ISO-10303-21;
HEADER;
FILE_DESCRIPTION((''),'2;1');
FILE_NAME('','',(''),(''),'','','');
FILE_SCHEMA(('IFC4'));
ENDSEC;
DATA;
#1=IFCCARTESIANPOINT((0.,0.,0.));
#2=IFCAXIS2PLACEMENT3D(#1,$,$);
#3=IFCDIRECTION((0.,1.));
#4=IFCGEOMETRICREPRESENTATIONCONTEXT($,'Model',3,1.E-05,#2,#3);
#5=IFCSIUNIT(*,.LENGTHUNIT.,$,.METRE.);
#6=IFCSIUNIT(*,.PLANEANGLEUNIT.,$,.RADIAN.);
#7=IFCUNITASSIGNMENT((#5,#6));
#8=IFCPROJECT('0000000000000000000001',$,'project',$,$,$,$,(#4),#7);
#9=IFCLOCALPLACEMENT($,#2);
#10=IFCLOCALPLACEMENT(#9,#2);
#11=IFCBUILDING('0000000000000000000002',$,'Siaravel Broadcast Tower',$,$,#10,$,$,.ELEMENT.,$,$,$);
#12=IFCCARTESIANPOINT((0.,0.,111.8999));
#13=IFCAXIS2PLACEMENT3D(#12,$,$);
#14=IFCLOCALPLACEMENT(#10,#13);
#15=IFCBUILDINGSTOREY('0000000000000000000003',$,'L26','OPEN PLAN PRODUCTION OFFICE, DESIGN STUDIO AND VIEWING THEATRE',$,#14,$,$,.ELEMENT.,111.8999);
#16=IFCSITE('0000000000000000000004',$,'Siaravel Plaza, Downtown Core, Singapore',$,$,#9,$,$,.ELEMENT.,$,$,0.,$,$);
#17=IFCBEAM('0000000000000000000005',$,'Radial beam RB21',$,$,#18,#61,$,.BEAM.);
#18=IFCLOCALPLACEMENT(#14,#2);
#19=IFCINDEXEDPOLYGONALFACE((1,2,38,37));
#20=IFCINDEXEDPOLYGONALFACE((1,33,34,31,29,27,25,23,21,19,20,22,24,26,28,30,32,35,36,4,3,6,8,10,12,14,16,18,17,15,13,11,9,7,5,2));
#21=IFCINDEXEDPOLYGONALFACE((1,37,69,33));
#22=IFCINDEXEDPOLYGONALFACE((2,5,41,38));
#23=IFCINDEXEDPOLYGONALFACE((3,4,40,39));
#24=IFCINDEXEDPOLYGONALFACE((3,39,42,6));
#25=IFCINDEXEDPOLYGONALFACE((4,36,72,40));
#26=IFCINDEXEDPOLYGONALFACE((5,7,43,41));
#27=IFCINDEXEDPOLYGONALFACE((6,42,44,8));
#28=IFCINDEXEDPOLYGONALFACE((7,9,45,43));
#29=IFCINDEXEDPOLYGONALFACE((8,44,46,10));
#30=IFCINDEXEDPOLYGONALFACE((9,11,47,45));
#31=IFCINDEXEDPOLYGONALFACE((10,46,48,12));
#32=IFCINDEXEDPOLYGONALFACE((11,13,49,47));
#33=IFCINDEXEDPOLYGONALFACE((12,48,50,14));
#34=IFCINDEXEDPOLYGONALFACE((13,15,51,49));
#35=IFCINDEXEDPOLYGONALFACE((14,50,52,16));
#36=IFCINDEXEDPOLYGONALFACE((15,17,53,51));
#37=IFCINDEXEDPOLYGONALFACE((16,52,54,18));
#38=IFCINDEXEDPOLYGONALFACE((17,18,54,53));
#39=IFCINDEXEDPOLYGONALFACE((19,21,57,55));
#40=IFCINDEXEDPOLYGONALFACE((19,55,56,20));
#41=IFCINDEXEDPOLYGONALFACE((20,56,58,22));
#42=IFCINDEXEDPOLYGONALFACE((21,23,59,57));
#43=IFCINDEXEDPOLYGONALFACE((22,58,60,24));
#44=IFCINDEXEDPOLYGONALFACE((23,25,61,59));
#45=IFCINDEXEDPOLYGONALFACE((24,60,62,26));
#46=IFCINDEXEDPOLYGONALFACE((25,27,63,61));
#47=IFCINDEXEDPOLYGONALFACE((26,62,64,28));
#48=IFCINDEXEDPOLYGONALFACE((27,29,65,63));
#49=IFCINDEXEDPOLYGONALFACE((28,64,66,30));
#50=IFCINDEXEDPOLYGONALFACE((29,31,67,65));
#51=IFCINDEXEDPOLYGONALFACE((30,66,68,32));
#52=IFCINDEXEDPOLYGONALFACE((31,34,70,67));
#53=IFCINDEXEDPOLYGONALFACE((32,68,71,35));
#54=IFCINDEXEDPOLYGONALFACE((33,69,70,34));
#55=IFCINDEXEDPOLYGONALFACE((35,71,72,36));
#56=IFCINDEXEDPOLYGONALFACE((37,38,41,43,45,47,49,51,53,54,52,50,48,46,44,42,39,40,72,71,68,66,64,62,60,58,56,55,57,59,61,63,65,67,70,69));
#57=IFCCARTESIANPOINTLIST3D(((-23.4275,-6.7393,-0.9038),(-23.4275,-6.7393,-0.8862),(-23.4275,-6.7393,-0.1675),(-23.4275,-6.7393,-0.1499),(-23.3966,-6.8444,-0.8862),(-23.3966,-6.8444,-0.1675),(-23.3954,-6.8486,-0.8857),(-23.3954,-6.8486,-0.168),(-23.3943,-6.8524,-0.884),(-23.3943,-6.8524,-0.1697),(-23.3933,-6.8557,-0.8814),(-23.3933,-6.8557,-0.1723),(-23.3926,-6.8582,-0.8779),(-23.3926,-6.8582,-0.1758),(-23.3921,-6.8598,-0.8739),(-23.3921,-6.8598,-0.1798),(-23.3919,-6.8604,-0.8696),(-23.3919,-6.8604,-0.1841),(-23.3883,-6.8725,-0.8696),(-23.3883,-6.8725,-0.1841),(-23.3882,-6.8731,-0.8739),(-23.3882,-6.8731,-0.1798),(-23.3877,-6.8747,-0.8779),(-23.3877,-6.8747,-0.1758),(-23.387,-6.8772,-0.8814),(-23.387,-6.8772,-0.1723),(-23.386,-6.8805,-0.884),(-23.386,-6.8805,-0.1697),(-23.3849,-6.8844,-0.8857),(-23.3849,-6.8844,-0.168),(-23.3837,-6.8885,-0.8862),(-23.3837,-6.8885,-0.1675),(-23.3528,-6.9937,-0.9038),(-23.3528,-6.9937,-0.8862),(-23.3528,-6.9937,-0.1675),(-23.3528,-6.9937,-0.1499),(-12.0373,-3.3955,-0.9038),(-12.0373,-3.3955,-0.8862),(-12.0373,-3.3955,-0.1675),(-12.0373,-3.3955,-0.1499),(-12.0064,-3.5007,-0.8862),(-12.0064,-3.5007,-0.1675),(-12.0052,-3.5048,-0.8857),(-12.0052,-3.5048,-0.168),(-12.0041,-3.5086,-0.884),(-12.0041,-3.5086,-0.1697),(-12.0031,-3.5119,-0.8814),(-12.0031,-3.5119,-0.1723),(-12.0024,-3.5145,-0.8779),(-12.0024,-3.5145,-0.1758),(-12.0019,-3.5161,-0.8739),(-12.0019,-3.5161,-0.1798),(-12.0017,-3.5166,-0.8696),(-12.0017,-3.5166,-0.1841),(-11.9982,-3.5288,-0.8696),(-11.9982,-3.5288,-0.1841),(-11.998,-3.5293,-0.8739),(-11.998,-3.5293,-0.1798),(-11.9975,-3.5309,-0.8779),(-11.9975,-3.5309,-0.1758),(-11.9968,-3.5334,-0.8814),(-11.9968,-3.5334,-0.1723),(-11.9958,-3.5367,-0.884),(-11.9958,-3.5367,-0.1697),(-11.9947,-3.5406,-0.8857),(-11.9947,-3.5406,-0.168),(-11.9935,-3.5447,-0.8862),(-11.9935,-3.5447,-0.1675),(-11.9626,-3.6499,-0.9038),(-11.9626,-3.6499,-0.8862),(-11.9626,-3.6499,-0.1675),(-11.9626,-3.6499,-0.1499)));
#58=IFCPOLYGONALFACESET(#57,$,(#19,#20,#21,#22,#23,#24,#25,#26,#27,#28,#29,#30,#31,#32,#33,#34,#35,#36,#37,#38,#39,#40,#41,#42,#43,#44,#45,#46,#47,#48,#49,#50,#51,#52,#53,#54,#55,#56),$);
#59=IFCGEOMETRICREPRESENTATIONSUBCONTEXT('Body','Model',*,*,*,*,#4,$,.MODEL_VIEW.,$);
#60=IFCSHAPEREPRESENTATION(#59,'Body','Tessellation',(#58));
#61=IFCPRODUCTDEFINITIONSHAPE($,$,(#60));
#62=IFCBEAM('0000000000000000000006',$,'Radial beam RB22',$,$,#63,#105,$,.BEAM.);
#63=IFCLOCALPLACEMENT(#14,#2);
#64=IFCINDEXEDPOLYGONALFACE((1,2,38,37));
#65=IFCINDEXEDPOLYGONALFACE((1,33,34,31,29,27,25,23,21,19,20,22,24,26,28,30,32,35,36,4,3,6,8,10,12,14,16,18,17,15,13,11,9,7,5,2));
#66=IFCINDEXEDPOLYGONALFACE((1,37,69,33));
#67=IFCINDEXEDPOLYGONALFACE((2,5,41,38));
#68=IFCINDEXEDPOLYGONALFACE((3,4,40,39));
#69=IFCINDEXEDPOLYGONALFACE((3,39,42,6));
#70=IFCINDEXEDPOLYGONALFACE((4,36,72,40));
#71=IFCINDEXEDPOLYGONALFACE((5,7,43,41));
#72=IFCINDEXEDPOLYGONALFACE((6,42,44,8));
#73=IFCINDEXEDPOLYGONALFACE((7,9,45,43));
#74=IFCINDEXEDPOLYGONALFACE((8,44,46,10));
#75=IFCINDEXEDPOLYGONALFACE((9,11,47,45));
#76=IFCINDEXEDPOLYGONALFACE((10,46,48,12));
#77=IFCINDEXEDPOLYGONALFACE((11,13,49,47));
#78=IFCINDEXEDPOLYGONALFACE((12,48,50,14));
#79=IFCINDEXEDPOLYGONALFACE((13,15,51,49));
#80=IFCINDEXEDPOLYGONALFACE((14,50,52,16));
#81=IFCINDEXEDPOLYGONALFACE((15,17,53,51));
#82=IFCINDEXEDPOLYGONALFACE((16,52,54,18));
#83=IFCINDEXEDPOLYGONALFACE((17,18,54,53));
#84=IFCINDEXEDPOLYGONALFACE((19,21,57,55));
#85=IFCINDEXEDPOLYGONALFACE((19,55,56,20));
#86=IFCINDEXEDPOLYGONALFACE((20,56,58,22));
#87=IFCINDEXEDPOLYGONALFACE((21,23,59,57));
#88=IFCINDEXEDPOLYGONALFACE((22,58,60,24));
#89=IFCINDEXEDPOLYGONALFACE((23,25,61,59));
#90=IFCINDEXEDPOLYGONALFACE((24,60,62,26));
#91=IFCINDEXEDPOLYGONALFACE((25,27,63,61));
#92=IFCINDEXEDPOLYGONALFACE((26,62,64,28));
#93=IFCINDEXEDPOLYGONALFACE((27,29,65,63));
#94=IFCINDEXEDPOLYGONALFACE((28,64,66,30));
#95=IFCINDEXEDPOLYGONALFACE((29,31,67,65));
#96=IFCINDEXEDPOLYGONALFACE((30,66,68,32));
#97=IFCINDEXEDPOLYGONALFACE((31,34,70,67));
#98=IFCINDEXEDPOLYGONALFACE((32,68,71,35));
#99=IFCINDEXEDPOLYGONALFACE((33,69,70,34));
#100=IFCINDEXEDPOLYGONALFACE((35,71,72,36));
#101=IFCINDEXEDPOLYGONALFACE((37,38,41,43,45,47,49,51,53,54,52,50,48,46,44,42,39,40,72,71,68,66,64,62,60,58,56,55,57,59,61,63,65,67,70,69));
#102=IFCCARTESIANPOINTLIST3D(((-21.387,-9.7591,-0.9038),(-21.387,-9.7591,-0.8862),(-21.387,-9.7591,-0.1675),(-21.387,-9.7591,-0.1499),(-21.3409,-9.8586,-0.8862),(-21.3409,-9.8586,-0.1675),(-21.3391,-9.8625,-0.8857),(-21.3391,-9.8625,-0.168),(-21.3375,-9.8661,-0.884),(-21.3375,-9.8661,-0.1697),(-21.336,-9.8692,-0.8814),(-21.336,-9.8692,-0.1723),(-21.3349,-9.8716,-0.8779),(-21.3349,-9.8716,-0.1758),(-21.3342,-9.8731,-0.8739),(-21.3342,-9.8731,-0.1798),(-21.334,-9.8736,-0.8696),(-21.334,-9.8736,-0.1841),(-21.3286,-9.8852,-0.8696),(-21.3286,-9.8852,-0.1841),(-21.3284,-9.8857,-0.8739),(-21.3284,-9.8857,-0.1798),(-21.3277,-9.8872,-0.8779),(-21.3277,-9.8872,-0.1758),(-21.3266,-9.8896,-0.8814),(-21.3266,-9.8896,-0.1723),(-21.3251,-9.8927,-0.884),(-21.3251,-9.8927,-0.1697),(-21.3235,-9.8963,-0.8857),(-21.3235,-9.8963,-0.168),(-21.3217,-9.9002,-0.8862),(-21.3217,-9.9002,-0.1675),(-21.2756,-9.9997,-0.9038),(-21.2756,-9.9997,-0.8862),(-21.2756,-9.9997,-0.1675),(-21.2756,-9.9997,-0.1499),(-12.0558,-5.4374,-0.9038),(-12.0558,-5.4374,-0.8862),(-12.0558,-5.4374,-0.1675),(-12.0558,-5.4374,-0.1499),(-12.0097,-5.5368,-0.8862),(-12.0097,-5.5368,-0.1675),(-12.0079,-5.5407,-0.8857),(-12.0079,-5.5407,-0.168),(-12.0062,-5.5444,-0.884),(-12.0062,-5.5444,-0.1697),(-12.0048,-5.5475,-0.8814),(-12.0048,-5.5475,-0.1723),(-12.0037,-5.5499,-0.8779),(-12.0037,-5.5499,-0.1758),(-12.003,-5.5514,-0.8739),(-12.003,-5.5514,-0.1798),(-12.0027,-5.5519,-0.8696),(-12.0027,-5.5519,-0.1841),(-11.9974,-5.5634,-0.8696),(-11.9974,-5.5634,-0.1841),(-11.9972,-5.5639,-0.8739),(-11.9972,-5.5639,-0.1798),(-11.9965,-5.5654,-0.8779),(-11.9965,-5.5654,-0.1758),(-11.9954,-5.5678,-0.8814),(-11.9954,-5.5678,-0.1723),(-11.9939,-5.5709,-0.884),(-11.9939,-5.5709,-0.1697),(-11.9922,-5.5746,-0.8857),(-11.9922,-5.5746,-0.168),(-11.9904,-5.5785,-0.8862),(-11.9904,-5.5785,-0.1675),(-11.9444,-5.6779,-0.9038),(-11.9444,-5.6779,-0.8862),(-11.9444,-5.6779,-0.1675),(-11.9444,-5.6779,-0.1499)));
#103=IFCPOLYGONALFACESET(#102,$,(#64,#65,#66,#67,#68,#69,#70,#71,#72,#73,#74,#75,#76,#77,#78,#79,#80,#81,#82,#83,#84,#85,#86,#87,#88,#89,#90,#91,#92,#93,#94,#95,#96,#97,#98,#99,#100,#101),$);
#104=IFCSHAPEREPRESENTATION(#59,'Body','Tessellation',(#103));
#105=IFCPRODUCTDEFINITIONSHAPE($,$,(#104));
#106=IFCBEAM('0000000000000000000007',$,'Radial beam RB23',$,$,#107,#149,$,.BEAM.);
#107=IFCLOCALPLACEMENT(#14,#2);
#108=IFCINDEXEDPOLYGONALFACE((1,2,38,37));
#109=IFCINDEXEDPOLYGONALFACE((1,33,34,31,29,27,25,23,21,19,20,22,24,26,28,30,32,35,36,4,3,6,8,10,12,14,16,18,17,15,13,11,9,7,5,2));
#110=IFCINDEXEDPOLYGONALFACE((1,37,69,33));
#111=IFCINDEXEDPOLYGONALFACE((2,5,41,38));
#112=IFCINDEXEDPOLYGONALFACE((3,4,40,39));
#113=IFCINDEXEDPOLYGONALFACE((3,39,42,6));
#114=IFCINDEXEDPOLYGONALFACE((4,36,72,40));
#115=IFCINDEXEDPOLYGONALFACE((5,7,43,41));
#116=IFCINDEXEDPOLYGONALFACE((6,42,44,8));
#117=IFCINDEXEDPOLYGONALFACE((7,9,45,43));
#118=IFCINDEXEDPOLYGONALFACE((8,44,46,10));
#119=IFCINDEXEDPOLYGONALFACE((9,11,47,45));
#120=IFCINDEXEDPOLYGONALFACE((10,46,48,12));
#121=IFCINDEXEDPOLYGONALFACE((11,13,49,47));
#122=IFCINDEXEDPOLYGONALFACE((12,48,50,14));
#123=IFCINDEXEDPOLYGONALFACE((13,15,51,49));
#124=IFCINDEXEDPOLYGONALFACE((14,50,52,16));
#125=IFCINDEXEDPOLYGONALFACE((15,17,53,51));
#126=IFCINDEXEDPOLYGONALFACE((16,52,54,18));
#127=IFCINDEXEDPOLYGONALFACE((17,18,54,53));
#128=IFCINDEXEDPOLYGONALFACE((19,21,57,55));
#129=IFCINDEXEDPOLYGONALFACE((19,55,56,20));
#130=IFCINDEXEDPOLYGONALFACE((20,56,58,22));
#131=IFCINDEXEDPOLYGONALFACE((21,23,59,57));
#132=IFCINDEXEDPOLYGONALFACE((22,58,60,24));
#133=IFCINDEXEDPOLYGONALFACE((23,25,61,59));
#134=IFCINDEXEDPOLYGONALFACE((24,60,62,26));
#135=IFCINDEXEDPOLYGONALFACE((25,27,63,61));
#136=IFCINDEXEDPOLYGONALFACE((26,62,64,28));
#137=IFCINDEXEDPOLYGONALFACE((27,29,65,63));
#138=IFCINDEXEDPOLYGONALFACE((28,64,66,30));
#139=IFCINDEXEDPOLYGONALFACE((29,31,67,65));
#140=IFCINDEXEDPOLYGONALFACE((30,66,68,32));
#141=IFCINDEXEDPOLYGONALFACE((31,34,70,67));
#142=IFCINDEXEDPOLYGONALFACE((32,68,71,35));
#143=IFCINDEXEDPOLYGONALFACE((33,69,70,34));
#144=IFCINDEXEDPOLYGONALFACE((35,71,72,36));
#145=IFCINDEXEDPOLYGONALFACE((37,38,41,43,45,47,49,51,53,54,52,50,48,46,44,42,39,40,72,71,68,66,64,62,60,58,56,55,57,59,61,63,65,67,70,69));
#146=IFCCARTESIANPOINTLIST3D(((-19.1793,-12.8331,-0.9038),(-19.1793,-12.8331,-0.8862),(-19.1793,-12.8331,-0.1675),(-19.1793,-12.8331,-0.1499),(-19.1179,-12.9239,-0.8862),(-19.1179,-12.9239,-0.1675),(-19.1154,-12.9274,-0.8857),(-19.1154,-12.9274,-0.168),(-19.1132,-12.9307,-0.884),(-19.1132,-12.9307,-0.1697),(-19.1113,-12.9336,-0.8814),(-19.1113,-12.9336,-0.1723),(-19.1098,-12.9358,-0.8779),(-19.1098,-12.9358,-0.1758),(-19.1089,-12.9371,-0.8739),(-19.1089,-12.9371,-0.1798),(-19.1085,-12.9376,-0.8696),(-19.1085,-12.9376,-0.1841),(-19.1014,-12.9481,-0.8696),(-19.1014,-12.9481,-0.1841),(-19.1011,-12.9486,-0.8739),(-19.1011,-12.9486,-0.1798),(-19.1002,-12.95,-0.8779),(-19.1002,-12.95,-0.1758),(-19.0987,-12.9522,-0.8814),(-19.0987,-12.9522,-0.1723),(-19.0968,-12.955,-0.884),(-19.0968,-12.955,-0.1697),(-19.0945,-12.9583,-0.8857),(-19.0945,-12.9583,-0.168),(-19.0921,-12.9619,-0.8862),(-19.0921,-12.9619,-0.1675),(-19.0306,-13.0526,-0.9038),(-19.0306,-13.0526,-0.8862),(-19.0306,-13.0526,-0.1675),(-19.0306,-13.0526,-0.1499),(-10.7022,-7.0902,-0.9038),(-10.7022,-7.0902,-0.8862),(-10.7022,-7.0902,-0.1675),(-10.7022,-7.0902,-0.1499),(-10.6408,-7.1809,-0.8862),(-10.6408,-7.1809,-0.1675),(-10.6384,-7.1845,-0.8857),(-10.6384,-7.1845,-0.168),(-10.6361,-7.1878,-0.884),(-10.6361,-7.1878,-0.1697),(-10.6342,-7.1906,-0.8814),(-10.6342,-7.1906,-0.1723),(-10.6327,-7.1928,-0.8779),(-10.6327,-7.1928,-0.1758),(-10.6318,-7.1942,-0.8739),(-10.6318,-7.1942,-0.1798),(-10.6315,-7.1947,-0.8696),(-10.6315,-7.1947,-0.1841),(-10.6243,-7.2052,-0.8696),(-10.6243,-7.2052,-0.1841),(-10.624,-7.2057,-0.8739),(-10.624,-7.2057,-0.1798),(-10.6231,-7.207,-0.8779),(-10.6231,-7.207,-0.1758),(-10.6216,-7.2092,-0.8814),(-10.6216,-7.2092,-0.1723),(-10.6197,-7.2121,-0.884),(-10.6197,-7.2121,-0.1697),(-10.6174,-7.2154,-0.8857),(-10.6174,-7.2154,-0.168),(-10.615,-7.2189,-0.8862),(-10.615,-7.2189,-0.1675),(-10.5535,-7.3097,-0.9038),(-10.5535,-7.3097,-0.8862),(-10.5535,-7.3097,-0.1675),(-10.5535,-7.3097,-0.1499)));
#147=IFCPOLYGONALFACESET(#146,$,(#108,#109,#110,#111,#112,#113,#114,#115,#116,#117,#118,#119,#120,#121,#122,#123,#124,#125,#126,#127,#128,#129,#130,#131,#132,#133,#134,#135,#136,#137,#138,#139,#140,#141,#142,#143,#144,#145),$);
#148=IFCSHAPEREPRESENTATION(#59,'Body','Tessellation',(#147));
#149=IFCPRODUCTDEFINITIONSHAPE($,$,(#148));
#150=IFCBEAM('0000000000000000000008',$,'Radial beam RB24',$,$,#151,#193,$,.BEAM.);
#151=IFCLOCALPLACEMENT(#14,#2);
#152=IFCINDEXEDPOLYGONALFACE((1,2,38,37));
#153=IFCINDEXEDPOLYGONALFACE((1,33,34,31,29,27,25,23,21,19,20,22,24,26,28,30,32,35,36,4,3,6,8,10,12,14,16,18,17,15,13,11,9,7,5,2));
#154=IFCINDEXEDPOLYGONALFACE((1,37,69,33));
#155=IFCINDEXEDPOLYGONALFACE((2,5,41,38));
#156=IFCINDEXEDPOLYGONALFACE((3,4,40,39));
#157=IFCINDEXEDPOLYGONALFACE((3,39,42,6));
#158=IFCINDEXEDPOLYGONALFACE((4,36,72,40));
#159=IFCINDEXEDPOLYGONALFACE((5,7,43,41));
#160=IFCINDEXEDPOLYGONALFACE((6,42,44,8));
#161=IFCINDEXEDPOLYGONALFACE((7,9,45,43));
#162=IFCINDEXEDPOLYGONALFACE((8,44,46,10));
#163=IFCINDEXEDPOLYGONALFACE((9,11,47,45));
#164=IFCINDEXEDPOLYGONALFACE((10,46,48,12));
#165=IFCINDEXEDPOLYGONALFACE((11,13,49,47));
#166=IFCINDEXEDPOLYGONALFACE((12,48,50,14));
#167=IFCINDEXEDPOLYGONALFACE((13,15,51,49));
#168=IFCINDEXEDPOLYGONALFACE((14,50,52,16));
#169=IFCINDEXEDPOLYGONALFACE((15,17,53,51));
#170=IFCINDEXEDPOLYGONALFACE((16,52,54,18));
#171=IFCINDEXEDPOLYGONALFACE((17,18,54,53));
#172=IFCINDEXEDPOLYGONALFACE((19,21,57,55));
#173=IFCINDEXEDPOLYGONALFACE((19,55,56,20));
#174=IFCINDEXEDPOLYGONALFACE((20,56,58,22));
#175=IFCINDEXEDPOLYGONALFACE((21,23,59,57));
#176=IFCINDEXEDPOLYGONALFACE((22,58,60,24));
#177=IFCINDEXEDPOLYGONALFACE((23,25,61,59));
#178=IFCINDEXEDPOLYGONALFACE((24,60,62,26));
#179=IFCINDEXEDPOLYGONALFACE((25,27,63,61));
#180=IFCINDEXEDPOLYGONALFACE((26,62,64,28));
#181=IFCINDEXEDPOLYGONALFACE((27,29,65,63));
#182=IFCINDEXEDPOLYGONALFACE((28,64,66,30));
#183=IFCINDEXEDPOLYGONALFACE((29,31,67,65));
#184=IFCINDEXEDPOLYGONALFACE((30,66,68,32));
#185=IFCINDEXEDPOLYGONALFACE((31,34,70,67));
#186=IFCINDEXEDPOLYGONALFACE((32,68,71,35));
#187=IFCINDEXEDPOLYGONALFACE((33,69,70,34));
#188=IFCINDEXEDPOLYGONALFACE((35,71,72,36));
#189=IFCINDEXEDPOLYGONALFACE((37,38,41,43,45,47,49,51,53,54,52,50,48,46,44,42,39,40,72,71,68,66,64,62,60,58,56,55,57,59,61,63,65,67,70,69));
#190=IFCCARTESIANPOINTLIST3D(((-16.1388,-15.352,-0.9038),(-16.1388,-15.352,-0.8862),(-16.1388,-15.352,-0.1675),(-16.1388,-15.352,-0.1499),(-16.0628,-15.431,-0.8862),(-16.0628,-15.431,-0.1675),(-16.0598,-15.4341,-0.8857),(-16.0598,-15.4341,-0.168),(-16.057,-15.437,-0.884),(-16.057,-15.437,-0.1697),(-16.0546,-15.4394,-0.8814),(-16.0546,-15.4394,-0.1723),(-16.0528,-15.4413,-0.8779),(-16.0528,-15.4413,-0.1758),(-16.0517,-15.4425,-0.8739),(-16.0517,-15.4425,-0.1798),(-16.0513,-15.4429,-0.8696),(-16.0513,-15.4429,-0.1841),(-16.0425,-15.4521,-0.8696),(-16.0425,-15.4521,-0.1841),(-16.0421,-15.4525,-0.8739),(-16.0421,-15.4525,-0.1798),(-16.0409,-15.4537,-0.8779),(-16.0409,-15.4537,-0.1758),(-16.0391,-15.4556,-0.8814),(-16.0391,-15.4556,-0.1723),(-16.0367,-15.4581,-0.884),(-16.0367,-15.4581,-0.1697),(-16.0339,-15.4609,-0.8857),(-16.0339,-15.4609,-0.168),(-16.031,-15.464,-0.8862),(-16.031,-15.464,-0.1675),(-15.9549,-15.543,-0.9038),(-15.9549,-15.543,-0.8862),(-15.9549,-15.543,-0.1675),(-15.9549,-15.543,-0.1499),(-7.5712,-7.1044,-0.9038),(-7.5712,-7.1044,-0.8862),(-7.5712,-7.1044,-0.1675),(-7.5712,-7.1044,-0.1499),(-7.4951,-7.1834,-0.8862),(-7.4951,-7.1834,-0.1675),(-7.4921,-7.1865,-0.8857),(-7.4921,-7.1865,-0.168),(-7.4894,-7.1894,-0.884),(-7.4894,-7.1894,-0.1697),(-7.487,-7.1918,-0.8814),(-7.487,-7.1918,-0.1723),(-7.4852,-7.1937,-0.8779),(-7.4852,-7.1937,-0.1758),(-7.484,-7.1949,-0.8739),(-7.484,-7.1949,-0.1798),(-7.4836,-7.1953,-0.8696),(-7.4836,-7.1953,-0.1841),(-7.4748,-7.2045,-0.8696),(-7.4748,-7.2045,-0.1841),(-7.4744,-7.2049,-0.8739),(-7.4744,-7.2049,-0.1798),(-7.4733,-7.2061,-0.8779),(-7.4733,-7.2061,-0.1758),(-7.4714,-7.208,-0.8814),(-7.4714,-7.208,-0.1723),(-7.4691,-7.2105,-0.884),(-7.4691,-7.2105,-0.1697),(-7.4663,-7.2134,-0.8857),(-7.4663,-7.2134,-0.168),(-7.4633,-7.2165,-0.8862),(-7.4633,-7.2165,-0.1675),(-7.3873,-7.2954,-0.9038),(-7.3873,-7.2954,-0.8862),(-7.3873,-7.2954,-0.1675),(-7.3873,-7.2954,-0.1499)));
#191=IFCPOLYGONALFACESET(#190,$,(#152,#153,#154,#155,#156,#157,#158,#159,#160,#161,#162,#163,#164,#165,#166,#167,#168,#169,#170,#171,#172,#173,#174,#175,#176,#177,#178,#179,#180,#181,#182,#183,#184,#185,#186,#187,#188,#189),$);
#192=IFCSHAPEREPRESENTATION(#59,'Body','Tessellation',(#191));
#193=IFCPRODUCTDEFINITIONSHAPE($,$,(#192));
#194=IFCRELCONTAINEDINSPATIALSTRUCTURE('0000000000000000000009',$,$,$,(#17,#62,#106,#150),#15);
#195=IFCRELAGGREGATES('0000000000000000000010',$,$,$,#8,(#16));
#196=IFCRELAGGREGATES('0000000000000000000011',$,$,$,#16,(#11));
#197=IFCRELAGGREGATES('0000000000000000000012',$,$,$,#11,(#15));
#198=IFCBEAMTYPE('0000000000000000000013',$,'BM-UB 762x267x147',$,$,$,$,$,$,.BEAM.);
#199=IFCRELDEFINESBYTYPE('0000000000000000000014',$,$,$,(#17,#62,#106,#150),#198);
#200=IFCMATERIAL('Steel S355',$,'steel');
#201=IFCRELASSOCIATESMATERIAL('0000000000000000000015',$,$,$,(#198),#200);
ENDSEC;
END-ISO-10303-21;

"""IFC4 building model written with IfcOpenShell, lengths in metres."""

from ifc_helpers import new_model, si_unit, direction, frame, origin, origin_2d, place, context, subcontext, project, spatial, i_section, extrude, material, material_profile, profile_set, type_object, element, save


model = new_model("IFC4")

# Units and contexts
model_context = context("Model", 3, precision=1e-05, world=origin(), true_north=direction((0.0, 1.0)))
body_context = subcontext(model_context, "Body", "Model", "MODEL_VIEW")
ifc_project = project(units=[si_unit("LENGTHUNIT", "METRE"), si_unit("PLANEANGLEUNIT", "RADIAN")], contexts=[model_context])

# Site, building, storey
site_placement = place(None, origin())
site = spatial("IfcSite", under=ifc_project, at=site_placement, Name="Siaravel Plaza, Downtown Core, Singapore", CompositionType="ELEMENT", RefElevation=0.0)
building_placement = place(site_placement, origin())
building = spatial("IfcBuilding", under=site, at=building_placement, Name="Siaravel Broadcast Tower", CompositionType="ELEMENT")
storey_placement = place(building_placement, frame((0.0, 0.0, 111.8999)))
storey = spatial("IfcBuildingStorey", under=building, at=storey_placement, Name="L26", Description="OPEN PLAN PRODUCTION OFFICE, DESIGN STUDIO AND VIEWING THEATRE", CompositionType="ELEMENT", Elevation=111.8999)

# Beams
ifc_material_1 = material(Name="Steel S355", Category="steel")
ifc_material_profile_1 = material_profile(ifc_material_1, i_section(OverallWidth=0.2651, OverallDepth=0.7539, WebThickness=0.0127, FlangeThickness=0.0176, FilletRadius=0.0166, at=origin_2d()))
ifc_profile_set_1 = profile_set([ifc_material_profile_1], Name="Steel S355")
beam_type = type_object("IfcBeamType", Name="BM-UB 762x267x147", PredefinedType="BEAM", material=ifc_profile_set_1)
beam_1_placement = place(storey_placement, frame((-23.3901, -6.8665, -0.5269), z_axis=(0.959509, 0.281679, 0.0), x_axis=(-0.281679, 0.959509, 0.0)))
element("IfcBeam", 1, at=beam_1_placement, inside=storey, type_object=beam_type, Name="Radial beam RB21", PredefinedType="BEAM", context=body_context, shape_type="SweptSolid", body=[
    extrude(i_section(OverallWidth=0.2651, OverallDepth=0.7539, WebThickness=0.0127, FlangeThickness=0.0176, FilletRadius=0.0166, at=origin_2d()), origin(), (0.0, 0.0, 1.0), 11.8708),
])
beam_2_placement = place(storey_placement, frame((-21.3313, -9.8794, -0.5269), z_axis=(0.907403, 0.420262, 0.0), x_axis=(-0.420262, 0.907403, 0.0)))
element("IfcBeam", 2, at=beam_2_placement, inside=storey, type_object=beam_type, Name="Radial beam RB22", PredefinedType="BEAM", context=body_context, shape_type="SweptSolid", body=[
    extrude(i_section(OverallWidth=0.2651, OverallDepth=0.7539, WebThickness=0.0127, FlangeThickness=0.0176, FilletRadius=0.0166, at=origin_2d()), origin(), (0.0, 0.0, 1.0), 10.2834),
])
beam_3_placement = place(storey_placement, frame((-19.105, -12.9429, -0.5269), z_axis=(0.8279, 0.560875, 0.0), x_axis=(-0.560875, 0.8279, 0.0)))
element("IfcBeam", 3, at=beam_3_placement, inside=storey, type_object=beam_type, Name="Radial beam RB23", PredefinedType="BEAM", context=body_context, shape_type="SweptSolid", body=[
    extrude(i_section(OverallWidth=0.2651, OverallDepth=0.7539, WebThickness=0.0127, FlangeThickness=0.0176, FilletRadius=0.0166, at=origin_2d()), origin(), (0.0, 0.0, 1.0), 10.2393),
])
beam_4_placement = place(storey_placement, frame((-16.0469, -15.4475, -0.5269), z_axis=(0.720436, 0.693522, 0.0), x_axis=(-0.693522, 0.720436, 0.0)))
element("IfcBeam", 4, at=beam_4_placement, inside=storey, type_object=beam_type, Name="Radial beam RB24", PredefinedType="BEAM", context=body_context, shape_type="SweptSolid", body=[
    extrude(i_section(OverallWidth=0.2651, OverallDepth=0.7539, WebThickness=0.0127, FlangeThickness=0.0176, FilletRadius=0.0166, at=origin_2d()), origin(), (0.0, 0.0, 1.0), 11.8923),
])

save(model, "model.ifc")
